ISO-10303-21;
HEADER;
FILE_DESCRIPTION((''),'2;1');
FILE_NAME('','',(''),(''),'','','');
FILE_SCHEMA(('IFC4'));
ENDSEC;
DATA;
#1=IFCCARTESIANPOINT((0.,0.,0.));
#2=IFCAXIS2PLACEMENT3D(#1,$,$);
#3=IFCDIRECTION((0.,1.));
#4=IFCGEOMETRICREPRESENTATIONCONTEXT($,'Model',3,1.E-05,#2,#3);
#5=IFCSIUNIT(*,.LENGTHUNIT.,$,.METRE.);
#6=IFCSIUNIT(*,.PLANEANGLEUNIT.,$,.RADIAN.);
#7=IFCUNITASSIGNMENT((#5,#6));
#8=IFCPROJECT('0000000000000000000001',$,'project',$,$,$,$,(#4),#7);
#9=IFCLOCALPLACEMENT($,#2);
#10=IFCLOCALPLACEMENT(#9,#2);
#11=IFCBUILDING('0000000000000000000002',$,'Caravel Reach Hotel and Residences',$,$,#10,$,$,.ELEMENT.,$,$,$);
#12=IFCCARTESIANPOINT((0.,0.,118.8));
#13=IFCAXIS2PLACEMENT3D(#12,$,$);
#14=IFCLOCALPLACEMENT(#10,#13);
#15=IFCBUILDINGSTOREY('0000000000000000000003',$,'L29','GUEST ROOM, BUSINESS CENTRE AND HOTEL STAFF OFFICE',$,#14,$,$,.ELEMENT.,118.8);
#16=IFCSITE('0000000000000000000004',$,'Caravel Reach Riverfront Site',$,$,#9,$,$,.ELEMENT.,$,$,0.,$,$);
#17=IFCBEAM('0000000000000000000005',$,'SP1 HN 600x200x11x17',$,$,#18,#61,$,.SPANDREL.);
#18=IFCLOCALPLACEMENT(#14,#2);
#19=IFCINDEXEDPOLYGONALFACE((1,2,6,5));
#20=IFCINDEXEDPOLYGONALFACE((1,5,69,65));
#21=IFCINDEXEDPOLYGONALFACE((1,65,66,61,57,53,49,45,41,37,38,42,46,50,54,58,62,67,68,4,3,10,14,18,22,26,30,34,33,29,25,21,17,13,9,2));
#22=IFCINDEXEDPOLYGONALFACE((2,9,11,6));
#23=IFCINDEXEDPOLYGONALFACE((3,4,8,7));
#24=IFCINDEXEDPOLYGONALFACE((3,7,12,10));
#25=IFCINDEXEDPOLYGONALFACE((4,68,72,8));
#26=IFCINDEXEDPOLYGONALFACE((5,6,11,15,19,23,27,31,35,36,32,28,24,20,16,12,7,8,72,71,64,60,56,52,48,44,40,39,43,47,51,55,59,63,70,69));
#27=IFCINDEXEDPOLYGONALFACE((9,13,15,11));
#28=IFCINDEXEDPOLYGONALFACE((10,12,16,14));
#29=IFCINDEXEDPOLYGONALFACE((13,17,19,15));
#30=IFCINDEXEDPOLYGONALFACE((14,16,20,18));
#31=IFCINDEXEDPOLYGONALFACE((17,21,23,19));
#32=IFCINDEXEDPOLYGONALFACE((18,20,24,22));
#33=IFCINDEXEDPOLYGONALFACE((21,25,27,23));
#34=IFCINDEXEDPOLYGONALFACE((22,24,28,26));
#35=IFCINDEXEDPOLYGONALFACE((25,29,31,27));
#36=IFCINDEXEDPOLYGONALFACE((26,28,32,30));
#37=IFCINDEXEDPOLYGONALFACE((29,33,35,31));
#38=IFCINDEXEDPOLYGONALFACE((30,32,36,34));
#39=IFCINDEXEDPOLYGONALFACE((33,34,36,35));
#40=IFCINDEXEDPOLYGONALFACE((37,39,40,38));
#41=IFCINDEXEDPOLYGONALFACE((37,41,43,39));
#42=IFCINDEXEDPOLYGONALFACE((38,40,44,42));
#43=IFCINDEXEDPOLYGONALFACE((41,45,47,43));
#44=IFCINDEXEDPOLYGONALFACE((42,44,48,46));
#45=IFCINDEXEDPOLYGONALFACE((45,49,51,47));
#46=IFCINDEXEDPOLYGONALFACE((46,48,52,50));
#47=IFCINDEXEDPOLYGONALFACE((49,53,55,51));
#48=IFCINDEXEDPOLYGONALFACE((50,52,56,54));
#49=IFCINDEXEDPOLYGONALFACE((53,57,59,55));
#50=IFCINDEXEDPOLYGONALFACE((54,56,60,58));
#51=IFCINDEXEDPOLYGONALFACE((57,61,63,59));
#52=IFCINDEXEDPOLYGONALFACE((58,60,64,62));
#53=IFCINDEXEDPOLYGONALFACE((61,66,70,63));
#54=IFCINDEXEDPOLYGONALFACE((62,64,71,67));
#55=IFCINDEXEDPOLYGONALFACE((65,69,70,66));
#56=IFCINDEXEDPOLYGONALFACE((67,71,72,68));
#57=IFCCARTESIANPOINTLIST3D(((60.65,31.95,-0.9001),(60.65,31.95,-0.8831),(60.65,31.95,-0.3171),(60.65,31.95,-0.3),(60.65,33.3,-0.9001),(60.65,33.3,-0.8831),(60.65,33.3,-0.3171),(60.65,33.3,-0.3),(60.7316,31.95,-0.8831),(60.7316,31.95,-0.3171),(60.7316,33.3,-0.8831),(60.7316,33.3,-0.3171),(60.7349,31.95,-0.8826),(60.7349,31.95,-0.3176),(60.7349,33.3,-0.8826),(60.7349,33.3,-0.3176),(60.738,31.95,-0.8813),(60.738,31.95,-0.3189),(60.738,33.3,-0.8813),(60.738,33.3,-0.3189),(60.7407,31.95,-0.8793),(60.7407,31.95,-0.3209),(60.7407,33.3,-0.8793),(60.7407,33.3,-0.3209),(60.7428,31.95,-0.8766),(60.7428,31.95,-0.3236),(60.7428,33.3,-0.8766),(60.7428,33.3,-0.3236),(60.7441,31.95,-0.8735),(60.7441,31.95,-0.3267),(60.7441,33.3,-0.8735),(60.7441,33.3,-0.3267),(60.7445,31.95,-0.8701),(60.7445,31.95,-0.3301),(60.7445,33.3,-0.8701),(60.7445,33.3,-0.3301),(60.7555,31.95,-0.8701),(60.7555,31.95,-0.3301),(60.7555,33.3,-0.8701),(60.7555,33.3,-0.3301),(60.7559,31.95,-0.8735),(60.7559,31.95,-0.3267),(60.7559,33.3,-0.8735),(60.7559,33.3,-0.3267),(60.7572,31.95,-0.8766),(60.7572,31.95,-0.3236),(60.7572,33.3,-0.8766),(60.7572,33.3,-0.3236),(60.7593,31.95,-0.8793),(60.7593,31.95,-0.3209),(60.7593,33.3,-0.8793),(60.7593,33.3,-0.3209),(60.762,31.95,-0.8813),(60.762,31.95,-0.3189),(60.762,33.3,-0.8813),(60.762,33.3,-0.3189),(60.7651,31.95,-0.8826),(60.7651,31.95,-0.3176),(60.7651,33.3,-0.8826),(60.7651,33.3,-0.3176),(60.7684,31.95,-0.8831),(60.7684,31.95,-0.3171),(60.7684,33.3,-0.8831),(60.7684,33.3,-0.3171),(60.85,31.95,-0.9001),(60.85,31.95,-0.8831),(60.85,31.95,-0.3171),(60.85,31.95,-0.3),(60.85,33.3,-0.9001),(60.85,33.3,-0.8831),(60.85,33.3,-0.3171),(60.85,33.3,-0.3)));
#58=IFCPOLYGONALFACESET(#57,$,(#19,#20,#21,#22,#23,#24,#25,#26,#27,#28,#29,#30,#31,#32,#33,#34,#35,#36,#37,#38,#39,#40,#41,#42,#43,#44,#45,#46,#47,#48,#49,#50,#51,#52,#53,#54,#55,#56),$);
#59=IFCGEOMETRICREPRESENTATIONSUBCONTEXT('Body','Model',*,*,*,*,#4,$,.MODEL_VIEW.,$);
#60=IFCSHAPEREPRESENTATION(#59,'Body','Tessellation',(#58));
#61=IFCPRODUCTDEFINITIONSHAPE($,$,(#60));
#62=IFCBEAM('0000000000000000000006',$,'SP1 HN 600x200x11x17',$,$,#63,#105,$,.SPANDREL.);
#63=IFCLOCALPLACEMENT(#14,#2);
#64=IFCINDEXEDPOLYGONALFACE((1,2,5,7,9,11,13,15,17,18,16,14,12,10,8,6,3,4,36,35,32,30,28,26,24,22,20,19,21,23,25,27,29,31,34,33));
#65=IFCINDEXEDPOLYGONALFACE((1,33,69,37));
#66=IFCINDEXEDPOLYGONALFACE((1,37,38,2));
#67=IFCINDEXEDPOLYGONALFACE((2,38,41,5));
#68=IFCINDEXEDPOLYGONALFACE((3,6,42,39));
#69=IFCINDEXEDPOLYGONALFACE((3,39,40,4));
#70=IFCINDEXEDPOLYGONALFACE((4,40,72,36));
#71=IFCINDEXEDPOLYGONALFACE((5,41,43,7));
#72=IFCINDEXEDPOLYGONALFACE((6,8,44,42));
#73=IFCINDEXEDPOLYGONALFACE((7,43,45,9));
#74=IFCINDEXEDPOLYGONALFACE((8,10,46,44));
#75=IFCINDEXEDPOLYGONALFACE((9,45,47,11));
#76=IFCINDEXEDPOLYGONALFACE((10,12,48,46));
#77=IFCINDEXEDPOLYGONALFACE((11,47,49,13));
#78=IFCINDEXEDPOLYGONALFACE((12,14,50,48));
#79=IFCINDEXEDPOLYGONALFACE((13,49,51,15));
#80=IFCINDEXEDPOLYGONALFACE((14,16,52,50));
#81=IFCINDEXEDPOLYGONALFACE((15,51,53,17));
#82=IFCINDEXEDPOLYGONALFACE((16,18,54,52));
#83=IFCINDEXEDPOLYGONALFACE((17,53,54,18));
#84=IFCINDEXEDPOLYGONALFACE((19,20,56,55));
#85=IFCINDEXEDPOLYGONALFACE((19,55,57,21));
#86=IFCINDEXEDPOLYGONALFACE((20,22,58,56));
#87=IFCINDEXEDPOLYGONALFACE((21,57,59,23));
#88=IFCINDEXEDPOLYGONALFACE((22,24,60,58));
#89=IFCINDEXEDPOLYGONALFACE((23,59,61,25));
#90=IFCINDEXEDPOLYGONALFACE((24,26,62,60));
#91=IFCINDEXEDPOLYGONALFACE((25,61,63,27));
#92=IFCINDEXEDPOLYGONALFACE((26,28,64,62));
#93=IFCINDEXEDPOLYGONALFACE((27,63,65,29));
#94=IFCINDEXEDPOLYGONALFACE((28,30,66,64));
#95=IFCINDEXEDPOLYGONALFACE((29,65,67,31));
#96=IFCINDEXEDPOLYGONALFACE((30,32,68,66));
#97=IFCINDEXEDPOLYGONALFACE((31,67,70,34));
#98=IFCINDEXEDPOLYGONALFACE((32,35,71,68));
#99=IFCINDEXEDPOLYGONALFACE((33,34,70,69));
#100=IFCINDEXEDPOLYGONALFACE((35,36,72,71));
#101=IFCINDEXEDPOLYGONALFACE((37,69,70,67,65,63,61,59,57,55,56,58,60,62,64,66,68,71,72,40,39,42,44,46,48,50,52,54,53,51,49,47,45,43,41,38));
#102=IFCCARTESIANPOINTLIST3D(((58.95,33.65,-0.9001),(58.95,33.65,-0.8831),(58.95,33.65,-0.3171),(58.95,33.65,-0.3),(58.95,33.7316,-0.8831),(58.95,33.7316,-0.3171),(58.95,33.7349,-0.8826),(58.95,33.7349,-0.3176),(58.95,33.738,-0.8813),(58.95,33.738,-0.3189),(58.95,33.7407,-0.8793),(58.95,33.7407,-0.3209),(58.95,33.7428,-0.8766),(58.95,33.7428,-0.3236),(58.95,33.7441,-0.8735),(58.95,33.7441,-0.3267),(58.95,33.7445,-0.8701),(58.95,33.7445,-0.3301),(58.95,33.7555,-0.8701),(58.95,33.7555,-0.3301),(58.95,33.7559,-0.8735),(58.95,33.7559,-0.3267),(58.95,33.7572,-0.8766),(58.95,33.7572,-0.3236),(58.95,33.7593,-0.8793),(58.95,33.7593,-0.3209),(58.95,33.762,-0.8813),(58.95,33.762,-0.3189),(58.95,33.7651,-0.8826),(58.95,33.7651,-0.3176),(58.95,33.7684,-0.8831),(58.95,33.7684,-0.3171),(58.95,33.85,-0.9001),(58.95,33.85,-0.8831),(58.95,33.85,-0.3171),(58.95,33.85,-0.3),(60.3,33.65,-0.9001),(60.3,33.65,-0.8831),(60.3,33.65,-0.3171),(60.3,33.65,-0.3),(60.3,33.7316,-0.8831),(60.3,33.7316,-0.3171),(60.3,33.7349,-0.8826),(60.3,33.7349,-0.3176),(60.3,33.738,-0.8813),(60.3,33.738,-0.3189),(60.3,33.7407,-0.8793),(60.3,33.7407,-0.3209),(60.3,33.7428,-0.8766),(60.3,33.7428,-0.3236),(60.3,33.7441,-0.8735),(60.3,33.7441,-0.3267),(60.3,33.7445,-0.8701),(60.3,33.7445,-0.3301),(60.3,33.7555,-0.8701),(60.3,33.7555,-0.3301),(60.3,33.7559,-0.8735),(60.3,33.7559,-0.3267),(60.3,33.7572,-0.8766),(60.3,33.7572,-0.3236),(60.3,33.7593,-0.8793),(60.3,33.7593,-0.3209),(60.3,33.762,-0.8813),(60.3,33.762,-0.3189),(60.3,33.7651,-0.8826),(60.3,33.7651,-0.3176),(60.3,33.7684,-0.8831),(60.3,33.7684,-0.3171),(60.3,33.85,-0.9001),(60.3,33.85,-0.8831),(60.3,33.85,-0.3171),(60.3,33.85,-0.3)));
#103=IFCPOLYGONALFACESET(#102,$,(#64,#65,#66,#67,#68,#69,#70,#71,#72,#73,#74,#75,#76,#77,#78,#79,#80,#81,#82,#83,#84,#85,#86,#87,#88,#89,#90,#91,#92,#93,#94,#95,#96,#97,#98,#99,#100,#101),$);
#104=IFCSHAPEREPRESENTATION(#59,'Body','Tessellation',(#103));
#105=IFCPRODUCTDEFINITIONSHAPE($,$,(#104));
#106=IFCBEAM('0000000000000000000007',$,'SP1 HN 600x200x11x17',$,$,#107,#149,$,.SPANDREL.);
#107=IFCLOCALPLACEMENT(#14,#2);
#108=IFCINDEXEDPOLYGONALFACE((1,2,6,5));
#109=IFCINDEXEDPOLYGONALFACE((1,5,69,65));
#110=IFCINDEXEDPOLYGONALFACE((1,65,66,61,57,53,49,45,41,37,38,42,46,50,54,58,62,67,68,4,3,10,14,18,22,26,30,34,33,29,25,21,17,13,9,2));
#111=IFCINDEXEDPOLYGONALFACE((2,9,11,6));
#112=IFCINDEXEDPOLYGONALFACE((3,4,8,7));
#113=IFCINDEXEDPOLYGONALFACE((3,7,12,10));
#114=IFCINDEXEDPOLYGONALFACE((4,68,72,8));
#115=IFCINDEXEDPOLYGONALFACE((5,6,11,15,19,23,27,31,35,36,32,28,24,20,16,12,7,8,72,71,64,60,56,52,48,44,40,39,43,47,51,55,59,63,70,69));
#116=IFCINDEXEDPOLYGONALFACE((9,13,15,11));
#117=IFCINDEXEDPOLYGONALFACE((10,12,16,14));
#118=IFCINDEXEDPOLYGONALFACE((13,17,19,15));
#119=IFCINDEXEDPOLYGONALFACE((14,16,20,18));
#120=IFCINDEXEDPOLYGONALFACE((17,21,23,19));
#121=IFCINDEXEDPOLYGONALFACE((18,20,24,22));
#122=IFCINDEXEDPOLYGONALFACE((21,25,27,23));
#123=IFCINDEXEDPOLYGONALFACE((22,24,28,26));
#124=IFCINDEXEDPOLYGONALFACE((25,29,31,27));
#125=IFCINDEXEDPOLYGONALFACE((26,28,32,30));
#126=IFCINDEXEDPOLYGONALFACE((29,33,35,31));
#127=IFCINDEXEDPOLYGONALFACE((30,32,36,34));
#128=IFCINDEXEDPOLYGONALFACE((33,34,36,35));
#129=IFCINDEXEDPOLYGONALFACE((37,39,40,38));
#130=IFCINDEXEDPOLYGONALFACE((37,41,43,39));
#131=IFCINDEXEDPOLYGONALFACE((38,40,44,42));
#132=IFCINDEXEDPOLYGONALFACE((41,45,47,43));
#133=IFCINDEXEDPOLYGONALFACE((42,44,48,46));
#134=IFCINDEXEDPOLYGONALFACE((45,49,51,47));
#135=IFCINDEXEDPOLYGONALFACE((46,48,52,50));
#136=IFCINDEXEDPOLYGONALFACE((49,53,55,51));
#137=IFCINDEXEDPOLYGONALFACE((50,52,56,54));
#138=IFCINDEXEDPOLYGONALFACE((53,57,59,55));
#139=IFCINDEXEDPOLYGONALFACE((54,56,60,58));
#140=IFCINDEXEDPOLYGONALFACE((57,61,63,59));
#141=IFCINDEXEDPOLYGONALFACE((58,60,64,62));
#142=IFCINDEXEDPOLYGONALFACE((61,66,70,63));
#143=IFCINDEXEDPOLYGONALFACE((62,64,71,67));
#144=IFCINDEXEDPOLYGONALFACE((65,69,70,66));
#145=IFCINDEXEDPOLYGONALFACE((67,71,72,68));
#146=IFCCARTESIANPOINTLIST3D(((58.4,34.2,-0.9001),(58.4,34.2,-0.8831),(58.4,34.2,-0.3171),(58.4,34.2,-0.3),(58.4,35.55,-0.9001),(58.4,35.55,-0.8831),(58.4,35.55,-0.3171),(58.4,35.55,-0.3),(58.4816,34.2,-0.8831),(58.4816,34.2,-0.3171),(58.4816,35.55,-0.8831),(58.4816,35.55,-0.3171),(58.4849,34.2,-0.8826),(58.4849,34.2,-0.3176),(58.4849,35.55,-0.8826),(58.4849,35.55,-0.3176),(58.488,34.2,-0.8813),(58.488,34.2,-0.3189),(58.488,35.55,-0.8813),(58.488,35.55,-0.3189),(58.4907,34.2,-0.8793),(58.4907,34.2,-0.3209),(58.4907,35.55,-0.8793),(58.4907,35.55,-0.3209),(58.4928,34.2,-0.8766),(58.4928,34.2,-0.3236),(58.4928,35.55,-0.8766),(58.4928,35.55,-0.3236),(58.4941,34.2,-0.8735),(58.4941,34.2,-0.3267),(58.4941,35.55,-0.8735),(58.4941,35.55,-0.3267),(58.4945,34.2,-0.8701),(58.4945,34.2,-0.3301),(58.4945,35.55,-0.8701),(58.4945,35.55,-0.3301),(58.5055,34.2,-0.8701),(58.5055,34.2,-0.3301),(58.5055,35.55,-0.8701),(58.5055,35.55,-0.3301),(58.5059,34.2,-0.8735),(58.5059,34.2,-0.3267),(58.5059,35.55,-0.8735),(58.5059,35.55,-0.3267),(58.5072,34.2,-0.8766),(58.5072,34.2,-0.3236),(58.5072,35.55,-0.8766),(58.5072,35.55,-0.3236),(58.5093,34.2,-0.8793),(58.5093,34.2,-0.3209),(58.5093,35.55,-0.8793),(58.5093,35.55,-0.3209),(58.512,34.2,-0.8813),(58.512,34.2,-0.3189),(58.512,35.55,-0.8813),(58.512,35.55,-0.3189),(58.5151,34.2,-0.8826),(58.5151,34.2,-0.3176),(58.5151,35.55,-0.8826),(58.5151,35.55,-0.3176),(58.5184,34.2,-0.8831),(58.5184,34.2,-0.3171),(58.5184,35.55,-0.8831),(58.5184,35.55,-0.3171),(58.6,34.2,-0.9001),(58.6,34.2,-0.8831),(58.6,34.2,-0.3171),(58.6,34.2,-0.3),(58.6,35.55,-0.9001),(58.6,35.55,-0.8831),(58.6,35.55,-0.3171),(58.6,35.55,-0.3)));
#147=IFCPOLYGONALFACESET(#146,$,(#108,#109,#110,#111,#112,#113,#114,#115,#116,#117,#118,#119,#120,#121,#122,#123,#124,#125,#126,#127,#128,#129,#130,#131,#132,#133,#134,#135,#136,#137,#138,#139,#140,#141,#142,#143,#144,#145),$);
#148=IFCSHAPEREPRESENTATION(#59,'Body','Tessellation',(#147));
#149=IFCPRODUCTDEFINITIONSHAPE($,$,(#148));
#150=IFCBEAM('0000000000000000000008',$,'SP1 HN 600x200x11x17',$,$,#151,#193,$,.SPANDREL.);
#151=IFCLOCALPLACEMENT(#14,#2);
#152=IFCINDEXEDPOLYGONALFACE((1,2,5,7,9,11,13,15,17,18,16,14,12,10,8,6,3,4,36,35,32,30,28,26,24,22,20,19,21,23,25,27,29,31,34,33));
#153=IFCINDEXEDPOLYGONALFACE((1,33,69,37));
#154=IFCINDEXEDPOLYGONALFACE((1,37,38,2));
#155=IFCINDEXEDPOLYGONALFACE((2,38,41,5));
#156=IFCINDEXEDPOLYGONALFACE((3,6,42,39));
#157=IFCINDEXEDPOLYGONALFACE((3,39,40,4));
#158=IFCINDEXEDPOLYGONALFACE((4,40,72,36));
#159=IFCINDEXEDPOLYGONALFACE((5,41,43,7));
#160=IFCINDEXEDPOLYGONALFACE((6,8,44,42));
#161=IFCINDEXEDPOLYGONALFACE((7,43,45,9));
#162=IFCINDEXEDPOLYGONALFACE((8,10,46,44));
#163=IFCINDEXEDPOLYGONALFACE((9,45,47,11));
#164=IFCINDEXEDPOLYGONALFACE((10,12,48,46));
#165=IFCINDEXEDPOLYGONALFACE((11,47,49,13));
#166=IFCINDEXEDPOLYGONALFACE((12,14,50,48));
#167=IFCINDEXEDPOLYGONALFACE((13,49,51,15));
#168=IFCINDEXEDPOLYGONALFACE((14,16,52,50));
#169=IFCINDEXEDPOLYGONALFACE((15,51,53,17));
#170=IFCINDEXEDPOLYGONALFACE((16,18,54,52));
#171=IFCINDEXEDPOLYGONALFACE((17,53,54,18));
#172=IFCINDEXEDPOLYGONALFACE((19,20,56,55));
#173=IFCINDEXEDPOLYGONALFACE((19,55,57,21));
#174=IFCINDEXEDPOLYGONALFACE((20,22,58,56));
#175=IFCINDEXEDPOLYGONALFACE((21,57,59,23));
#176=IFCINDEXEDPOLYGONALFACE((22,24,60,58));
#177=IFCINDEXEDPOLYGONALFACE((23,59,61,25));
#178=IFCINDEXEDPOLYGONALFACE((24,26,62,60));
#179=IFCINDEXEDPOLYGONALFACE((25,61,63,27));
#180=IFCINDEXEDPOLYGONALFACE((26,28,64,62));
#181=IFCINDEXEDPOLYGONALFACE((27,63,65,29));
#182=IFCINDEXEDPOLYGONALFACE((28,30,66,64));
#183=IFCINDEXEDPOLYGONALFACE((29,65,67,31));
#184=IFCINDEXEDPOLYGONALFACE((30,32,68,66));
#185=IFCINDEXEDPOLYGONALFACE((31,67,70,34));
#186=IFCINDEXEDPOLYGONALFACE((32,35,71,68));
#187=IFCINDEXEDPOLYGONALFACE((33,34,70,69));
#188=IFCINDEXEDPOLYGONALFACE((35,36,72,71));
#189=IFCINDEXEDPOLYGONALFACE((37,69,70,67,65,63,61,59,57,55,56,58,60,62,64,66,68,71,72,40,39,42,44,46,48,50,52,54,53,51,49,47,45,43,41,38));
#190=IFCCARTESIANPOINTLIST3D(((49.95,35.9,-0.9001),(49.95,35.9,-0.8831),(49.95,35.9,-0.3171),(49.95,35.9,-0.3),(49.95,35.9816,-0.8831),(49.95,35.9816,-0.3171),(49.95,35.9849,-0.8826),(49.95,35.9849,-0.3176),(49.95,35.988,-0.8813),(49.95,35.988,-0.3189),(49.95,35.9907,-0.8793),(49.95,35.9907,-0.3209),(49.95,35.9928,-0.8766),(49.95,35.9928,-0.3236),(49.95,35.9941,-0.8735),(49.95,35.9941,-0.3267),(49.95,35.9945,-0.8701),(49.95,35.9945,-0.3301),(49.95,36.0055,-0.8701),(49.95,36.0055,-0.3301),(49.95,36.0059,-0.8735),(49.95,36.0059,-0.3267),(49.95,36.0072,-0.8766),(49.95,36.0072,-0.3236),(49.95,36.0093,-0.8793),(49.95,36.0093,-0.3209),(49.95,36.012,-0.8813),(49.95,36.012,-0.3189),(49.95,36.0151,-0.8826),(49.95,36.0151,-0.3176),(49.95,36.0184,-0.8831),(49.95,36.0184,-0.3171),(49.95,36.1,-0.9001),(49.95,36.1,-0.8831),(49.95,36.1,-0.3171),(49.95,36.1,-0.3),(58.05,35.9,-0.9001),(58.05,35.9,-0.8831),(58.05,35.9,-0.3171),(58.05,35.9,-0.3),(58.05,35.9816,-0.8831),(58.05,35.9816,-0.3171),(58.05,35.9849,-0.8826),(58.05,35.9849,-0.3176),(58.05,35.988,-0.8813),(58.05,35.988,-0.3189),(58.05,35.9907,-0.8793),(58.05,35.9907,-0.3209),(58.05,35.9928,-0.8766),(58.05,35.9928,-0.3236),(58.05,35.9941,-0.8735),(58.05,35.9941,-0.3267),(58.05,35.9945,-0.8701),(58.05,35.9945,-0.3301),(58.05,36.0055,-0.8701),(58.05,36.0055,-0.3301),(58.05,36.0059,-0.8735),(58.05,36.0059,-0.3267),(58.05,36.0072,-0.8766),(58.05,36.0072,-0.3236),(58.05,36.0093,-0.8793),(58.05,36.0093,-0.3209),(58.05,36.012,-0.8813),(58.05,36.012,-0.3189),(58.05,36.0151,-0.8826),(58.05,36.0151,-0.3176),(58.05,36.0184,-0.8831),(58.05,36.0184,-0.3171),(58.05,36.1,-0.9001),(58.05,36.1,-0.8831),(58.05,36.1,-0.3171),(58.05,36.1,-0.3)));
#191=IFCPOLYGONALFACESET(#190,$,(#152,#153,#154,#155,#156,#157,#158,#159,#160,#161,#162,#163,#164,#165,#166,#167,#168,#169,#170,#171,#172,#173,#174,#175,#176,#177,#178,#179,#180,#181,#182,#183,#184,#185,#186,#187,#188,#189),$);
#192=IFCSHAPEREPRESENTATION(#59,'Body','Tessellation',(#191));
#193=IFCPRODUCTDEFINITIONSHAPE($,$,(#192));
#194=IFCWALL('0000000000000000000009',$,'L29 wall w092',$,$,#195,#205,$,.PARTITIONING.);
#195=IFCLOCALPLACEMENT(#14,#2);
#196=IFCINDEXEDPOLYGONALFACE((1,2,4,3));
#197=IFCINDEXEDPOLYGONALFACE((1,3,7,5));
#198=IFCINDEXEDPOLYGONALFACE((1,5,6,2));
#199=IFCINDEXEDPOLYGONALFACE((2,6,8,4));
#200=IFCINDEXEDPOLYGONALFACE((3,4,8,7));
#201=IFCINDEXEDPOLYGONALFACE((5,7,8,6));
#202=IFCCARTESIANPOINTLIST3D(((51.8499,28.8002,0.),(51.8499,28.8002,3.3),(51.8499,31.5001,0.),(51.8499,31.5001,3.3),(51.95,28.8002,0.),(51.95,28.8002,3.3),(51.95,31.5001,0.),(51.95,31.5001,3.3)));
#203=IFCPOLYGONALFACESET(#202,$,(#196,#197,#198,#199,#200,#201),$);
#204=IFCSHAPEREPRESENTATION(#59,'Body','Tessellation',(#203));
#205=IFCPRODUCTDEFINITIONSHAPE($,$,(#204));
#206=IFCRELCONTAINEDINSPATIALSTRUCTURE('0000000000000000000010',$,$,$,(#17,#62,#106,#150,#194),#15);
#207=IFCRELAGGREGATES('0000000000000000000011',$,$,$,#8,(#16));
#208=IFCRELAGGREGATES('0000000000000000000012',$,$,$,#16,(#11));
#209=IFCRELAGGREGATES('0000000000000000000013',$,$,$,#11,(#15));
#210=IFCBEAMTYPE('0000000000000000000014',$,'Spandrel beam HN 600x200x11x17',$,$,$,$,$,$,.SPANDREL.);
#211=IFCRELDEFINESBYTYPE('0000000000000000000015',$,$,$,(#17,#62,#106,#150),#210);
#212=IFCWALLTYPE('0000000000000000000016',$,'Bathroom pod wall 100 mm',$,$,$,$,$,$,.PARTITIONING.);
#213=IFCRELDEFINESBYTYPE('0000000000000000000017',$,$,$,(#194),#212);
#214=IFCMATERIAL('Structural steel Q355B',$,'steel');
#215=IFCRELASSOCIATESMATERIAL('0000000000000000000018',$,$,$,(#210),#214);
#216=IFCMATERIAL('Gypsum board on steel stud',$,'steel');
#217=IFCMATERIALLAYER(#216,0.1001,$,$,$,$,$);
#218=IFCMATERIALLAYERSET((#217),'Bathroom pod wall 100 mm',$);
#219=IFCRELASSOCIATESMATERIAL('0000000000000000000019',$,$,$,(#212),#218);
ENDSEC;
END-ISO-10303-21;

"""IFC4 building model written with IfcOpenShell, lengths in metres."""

from ifc_helpers import new_model, si_unit, direction, frame, frame_2d, origin, origin_2d, place, context, subcontext, project, spatial, rectangle, i_section, extrude, material, layer, layer_set, material_profile, profile_set, type_object, element, save


model = new_model("IFC4")

# Units and contexts
model_context = context("Model", 3, precision=1e-05, world=origin(), true_north=direction((0.0, 1.0)))
body_context = subcontext(model_context, "Body", "Model", "MODEL_VIEW")
ifc_project = project(units=[si_unit("LENGTHUNIT", "METRE"), si_unit("PLANEANGLEUNIT", "RADIAN")], contexts=[model_context])

# Site, building, storey
site_placement = place(None, origin())
site = spatial("IfcSite", under=ifc_project, at=site_placement, Name="Caravel Reach Riverfront Site", CompositionType="ELEMENT", RefElevation=0.0)
building_placement = place(site_placement, origin())
building = spatial("IfcBuilding", under=site, at=building_placement, Name="Caravel Reach Hotel and Residences", CompositionType="ELEMENT")
storey_placement = place(building_placement, frame((0.0, 0.0, 118.8)))
storey = spatial("IfcBuildingStorey", under=building, at=storey_placement, Name="L29", Description="GUEST ROOM, BUSINESS CENTRE AND HOTEL STAFF OFFICE", CompositionType="ELEMENT", Elevation=118.8)

# Beams
ifc_material_1 = material(Name="Structural steel Q355B", Category="steel")
ifc_material_profile_1 = material_profile(ifc_material_1, i_section(OverallWidth=0.2, OverallDepth=0.6001, WebThickness=0.011, FlangeThickness=0.0171, FilletRadius=0.0129, at=origin_2d()), Name="HN 600x200x11x17")
ifc_profile_set_1 = profile_set([ifc_material_profile_1], Name="Structural steel Q355B")
beam_type_1 = type_object("IfcBeamType", Name="Spandrel beam HN 600x200x11x17", PredefinedType="SPANDREL", material=ifc_profile_set_1)
for number, where, z_axis, x_axis, name in (
    (1, (60.75, 31.95, -0.6001), (0.0, 1.0, 0.0), (-1.0, 0.0, 0.0), "SP1 HN 600x200x11x17"),
    (2, (60.3, 33.75, -0.6001), (-1.0, 0.0, 0.0), (0.0, -1.0, 0.0), "SP1 HN 600x200x11x17"),
    (3, (58.5, 34.2, -0.6001), (0.0, 1.0, 0.0), (-1.0, 0.0, 0.0), "SP1 HN 600x200x11x17"),
):
    element("IfcBeam", number, at=place(storey_placement, frame(where, z_axis=z_axis, x_axis=x_axis)), inside=storey, type_object=beam_type_1, Name=name, PredefinedType="SPANDREL", context=body_context, shape_type="SweptSolid", body=[
        extrude(i_section(OverallWidth=0.2, OverallDepth=0.6001, WebThickness=0.011, FlangeThickness=0.0171, FilletRadius=0.0129, at=origin_2d()), origin(), (0.0, 0.0, 1.0), 1.3501),
    ])
beam_1_placement = place(storey_placement, frame((58.05, 36.0, -0.6001), z_axis=(-1.0, 0.0, 0.0), x_axis=(0.0, -1.0, 0.0)))
element("IfcBeam", 4, at=beam_1_placement, inside=storey, type_object=beam_type_1, Name="SP1 HN 600x200x11x17", PredefinedType="SPANDREL", context=body_context, shape_type="SweptSolid", body=[
    extrude(i_section(OverallWidth=0.2, OverallDepth=0.6001, WebThickness=0.011, FlangeThickness=0.0171, FilletRadius=0.0129, at=origin_2d()), origin(), (0.0, 0.0, 1.0), 8.1001),
])

# Wall
ifc_material_2 = material(Name="Gypsum board on steel stud", Category="steel")
ifc_layer_1 = layer(ifc_material_2, 0.1001)
ifc_layer_set_1 = layer_set([ifc_layer_1], Name="Bathroom pod wall 100 mm")
wall_type_1 = type_object("IfcWallType", Name="Bathroom pod wall 100 mm", PredefinedType="PARTITIONING", material=ifc_layer_set_1)
wall_1_placement = place(storey_placement, frame((51.8999, 28.8, 0.0), z_axis=(0.0, 0.0, 1.0), x_axis=(0.0, 1.0, 0.0)))
element("IfcWall", 5, at=wall_1_placement, inside=storey, type_object=wall_type_1, Name="L29 wall w092", PredefinedType="PARTITIONING", context=body_context, shape_type="SweptSolid", body=[
    extrude(rectangle(XDim=2.7, YDim=0.1001, at=frame_2d((1.3501, 0.0))), origin(), (0.0, 0.0, 1.0), 3.3),
])

save(model, "model.ifc")
